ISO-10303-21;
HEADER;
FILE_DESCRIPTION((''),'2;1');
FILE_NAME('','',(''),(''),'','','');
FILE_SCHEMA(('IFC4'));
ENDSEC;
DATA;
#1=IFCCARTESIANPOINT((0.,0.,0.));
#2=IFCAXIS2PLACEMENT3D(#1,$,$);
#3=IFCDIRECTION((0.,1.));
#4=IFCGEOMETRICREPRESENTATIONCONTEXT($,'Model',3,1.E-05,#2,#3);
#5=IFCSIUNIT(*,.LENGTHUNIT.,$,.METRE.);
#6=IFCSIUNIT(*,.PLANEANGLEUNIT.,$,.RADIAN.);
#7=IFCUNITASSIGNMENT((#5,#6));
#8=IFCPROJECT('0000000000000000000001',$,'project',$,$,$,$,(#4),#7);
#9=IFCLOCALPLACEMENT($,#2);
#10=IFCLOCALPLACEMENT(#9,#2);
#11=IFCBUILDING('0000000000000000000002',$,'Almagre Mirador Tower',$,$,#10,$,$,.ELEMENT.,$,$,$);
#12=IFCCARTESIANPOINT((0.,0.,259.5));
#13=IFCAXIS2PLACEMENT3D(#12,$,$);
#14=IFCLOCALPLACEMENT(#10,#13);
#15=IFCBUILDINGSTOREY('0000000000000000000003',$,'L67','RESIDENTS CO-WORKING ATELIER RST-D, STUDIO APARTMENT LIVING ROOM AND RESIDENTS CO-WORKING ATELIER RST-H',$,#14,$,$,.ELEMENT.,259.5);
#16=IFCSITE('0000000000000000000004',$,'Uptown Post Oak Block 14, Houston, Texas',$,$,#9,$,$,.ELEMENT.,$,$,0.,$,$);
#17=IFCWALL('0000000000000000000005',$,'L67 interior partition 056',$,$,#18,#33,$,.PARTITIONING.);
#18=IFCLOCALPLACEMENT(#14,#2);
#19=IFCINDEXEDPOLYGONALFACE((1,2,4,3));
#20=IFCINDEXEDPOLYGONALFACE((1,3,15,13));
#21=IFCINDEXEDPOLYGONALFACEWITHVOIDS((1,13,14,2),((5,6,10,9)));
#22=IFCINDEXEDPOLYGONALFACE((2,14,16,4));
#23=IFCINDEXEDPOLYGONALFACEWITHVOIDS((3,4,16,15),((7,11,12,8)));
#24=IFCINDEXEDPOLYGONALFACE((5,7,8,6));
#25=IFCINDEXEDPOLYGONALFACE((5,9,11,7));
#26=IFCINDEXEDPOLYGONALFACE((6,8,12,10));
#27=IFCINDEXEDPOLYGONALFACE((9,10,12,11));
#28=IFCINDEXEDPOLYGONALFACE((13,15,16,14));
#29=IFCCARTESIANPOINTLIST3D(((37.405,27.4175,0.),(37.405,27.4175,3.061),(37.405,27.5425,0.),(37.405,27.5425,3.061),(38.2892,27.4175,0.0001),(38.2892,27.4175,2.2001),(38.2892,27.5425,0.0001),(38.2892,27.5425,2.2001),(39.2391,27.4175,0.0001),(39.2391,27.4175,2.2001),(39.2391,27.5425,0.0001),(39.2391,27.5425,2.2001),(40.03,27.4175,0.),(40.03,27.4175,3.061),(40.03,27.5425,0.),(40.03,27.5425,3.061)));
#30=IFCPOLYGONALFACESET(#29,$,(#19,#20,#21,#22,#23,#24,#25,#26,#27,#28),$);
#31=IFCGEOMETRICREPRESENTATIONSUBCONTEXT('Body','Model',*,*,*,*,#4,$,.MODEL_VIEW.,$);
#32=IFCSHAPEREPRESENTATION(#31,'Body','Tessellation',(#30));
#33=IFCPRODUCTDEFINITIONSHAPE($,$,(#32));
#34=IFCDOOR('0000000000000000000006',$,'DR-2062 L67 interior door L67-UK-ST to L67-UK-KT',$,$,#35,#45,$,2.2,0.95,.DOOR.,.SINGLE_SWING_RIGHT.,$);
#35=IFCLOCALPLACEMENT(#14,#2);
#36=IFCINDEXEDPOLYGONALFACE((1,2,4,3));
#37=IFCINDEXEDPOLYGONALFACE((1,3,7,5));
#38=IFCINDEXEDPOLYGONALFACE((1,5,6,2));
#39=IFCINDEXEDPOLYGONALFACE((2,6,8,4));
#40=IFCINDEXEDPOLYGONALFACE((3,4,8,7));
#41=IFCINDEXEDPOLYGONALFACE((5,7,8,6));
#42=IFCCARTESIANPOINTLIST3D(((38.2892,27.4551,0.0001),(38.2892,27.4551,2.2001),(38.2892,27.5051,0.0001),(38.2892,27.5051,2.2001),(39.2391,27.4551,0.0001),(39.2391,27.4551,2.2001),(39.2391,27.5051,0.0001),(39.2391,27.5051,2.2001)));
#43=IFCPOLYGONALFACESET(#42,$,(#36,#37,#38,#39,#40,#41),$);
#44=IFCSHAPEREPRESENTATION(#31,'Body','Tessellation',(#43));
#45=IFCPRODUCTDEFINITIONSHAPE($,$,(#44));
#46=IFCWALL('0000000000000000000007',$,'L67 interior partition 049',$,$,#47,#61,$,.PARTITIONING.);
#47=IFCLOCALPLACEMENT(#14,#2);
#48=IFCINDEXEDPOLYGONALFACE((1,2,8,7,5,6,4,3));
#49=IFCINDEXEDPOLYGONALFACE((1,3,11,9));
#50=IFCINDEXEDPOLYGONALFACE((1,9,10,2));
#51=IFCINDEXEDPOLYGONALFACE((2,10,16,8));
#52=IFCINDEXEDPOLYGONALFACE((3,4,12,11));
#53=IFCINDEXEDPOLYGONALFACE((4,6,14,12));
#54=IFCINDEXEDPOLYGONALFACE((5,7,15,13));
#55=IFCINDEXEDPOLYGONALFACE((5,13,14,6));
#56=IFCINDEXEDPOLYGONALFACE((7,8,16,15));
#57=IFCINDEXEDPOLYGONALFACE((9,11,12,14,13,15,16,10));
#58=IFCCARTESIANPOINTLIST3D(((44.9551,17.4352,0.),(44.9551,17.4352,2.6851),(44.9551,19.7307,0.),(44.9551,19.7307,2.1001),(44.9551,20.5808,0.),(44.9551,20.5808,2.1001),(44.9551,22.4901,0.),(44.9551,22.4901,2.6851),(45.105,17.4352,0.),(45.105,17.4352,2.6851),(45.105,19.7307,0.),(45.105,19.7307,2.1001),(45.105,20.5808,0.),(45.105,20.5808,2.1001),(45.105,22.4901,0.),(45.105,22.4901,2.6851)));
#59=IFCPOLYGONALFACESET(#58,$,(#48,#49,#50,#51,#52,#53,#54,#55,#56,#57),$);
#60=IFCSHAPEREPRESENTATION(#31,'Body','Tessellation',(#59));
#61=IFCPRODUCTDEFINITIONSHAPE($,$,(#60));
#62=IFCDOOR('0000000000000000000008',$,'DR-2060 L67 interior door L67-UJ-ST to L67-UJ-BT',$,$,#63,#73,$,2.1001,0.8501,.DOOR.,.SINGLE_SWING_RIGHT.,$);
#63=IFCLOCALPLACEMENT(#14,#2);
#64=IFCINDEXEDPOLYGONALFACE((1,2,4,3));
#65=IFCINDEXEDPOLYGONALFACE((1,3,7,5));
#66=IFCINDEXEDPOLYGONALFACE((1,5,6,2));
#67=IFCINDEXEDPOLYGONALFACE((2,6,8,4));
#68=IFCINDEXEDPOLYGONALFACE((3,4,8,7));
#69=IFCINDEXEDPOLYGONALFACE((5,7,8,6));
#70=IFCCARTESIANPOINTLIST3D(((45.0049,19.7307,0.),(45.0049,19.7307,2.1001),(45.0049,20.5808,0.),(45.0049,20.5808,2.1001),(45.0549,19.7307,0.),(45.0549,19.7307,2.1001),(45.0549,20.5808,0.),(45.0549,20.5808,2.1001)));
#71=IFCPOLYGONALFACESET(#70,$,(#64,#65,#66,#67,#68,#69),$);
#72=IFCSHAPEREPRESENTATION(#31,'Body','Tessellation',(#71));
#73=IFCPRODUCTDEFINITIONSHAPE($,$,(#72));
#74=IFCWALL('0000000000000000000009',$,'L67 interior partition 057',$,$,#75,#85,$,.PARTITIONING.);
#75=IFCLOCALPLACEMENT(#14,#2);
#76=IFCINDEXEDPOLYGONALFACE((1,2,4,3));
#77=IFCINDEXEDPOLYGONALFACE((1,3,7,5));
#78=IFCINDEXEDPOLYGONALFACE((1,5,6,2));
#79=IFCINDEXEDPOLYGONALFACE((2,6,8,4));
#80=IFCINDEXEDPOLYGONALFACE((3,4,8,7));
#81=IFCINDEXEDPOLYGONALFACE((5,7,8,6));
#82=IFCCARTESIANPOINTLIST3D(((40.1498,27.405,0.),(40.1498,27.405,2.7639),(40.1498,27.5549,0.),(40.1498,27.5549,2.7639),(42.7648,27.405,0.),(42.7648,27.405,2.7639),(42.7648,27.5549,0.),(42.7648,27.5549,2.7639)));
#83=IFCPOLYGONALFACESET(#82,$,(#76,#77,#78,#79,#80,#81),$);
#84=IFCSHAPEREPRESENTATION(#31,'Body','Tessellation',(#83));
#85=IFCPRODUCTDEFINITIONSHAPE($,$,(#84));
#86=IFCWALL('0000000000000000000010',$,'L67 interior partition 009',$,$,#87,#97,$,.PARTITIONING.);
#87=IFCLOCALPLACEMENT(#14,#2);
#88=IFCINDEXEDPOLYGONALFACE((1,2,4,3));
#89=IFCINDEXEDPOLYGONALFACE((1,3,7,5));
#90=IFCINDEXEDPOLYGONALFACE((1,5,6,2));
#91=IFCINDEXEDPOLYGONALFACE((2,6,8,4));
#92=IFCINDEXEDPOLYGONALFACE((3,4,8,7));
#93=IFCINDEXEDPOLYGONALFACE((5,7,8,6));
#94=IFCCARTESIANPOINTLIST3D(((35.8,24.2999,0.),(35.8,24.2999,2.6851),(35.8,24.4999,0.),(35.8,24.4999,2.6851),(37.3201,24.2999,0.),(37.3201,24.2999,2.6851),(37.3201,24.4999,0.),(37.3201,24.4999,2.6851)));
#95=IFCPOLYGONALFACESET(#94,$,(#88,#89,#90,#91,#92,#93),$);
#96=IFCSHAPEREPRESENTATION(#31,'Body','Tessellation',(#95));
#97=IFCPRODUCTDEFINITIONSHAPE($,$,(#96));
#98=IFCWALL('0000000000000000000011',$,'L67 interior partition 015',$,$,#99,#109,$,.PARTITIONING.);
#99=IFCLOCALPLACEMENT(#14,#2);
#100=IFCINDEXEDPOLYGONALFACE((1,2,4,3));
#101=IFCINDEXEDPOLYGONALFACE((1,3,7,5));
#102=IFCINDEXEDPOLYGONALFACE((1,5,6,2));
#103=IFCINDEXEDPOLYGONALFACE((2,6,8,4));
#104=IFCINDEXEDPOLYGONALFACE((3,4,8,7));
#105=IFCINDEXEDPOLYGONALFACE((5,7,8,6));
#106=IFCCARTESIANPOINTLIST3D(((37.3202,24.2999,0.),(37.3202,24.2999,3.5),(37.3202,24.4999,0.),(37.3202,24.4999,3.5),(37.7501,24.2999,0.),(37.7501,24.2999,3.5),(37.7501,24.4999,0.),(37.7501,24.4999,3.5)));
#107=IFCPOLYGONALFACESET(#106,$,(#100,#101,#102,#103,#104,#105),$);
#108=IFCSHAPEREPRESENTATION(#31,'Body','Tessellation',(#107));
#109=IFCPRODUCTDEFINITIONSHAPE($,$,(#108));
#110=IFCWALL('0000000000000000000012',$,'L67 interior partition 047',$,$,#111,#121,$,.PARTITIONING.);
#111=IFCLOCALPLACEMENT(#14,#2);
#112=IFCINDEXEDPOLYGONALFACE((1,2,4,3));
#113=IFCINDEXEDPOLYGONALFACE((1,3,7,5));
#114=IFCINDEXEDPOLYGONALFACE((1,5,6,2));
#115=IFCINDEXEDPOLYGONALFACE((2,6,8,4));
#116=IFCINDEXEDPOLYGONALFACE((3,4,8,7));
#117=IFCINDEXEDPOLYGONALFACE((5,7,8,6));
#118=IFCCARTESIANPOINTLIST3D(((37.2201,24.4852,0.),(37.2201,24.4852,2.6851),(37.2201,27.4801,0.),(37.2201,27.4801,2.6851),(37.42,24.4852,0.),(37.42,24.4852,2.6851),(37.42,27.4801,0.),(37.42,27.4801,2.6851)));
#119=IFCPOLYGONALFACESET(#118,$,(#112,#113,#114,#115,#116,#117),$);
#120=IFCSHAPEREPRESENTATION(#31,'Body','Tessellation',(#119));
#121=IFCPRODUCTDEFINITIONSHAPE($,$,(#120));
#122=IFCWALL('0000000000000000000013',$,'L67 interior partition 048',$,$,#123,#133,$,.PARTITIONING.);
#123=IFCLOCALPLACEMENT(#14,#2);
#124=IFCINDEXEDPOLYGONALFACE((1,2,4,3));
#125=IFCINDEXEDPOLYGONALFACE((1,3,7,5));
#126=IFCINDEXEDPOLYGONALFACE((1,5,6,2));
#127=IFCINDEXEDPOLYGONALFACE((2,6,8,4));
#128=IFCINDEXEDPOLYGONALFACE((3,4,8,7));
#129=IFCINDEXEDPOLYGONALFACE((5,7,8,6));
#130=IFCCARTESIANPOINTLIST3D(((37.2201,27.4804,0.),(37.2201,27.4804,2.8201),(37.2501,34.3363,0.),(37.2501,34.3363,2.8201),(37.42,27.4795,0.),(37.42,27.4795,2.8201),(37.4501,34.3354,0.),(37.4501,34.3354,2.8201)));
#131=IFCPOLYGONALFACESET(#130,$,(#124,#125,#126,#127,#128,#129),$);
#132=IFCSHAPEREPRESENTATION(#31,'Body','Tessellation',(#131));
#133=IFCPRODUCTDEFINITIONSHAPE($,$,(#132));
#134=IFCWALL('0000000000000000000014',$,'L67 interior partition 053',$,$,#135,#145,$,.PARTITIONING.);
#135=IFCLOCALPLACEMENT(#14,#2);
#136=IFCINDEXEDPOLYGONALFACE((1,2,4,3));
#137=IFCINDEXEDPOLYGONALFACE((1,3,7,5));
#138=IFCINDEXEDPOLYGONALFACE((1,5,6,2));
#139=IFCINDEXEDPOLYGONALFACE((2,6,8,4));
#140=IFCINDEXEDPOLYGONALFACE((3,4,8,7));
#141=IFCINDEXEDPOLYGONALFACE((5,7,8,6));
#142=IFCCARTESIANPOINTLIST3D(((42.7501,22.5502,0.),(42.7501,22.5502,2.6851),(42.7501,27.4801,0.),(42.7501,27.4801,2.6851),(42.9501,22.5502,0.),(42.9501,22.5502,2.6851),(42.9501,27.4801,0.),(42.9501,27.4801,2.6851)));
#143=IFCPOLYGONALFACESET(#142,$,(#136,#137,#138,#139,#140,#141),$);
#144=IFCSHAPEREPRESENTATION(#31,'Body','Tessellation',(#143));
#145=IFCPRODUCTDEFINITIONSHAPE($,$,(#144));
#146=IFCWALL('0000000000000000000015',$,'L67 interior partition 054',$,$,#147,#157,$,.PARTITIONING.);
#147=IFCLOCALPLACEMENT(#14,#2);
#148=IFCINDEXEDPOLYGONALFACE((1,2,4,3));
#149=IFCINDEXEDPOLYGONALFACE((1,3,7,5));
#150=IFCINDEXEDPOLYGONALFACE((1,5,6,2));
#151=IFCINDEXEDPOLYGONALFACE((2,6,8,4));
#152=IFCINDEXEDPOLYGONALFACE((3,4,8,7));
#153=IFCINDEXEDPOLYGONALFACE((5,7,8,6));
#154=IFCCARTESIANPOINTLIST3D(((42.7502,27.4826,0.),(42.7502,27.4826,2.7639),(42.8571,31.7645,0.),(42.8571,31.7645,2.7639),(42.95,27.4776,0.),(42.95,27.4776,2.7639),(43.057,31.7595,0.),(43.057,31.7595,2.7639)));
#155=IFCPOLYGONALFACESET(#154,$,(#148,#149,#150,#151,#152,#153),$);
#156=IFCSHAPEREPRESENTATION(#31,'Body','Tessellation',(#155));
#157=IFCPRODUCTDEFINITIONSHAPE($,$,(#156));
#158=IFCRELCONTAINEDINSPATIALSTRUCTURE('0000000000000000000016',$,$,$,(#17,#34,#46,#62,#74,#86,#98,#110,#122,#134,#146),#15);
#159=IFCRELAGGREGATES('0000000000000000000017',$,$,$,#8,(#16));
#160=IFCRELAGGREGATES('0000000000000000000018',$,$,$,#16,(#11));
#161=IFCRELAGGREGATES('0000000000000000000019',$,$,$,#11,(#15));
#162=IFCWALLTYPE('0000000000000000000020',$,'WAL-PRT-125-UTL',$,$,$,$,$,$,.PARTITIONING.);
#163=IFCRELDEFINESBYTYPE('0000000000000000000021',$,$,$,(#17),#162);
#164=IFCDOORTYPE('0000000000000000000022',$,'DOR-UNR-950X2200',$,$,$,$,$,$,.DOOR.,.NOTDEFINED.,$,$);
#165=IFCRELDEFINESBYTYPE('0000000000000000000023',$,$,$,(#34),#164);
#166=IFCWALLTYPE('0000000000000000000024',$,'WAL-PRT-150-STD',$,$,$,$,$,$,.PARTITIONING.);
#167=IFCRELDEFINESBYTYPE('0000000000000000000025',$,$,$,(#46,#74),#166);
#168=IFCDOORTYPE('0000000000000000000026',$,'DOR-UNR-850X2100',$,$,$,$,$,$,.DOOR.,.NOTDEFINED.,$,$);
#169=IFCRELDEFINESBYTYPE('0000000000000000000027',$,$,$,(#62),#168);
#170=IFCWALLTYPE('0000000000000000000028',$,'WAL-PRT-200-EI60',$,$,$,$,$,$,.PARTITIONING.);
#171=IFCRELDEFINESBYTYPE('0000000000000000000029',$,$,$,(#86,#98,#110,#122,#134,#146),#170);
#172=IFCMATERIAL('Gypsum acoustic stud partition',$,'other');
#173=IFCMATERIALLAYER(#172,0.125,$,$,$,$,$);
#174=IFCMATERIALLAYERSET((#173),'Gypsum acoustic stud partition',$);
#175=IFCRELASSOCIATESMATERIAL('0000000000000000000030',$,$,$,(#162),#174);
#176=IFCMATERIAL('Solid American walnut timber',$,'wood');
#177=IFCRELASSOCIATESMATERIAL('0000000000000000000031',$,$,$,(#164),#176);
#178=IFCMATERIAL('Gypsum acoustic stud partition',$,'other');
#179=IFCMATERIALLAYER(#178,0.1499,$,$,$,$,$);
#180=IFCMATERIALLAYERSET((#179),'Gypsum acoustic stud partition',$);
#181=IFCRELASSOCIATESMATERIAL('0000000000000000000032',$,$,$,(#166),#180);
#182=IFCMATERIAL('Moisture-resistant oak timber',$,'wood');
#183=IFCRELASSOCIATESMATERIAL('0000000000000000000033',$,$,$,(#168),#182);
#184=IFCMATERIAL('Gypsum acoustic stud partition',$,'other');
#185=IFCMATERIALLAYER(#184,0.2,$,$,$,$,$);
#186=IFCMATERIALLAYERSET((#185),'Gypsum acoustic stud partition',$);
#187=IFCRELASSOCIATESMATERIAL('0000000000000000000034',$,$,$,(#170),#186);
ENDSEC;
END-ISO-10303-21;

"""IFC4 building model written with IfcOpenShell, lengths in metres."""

from ifc_helpers import new_model, si_unit, direction, frame, frame_2d, origin, place, context, subcontext, project, spatial, rectangle, extrude, material, layer, layer_set, type_object, element, fill, save


model = new_model("IFC4")

# Units and contexts
model_context = context("Model", 3, precision=1e-05, world=origin(), true_north=direction((0.0, 1.0)))
body_context = subcontext(model_context, "Body", "Model", "MODEL_VIEW")
ifc_project = project(units=[si_unit("LENGTHUNIT", "METRE"), si_unit("PLANEANGLEUNIT", "RADIAN")], contexts=[model_context])

# Site, building, storey
site_placement = place(None, origin())
site = spatial("IfcSite", under=ifc_project, at=site_placement, Name="Uptown Post Oak Block 14, Houston, Texas", CompositionType="ELEMENT", RefElevation=0.0)
building_placement = place(site_placement, origin())
building = spatial("IfcBuilding", under=site, at=building_placement, Name="Almagre Mirador Tower", CompositionType="ELEMENT")
storey_placement = place(building_placement, frame((0.0, 0.0, 259.5)))
storey = spatial("IfcBuildingStorey", under=building, at=storey_placement, Name="L67", Description="RESIDENTS CO-WORKING ATELIER RST-D, STUDIO APARTMENT LIVING ROOM AND RESIDENTS CO-WORKING ATELIER RST-H", CompositionType="ELEMENT", Elevation=259.5)

# Walls, openings, doors
ifc_material_1 = material(Name="Gypsum acoustic stud partition", Category="other")
ifc_layer_1 = layer(ifc_material_1, 0.125)
ifc_layer_set_1 = layer_set([ifc_layer_1], Name="Gypsum acoustic stud partition")
wall_type_1 = type_object("IfcWallType", Name="WAL-PRT-125-UTL", PredefinedType="PARTITIONING", material=ifc_layer_set_1)
ifc_material_2 = material(Name="Solid American walnut timber", Category="wood")
door_type_1 = type_object("IfcDoorType", Name="DOR-UNR-950X2200", OperationType="NOTDEFINED", PredefinedType="DOOR", material=ifc_material_2)
wall_1_placement = place(storey_placement, frame((40.03, 27.48, 0.0), z_axis=(0.0, 0.0, 1.0), x_axis=(-1.0, 0.0, 0.0)))
wall_1 = element("IfcWall", 1, at=wall_1_placement, inside=storey, type_object=wall_type_1, Name="L67 interior partition 056", PredefinedType="PARTITIONING", context=body_context, shape_type="SweptSolid", body=[
    extrude(rectangle(XDim=2.625, YDim=0.125, at=frame_2d((1.3125, 0.0))), origin(), (0.0, 0.0, 1.0), 3.061),
])
opening_1_placement = place(wall_1_placement, frame((0.7908, 0.0, 0.0)))
opening_1 = element("IfcOpeningElement", 2, at=opening_1_placement, cuts=wall_1, PredefinedType="OPENING", context=body_context, shape_type="SweptSolid", body=[
    extrude(rectangle(XDim=0.95, YDim=2.2, at=frame_2d((0.4751, 1.1001))), frame((0.0, 0.0725, 0.0), z_axis=(0.0, -1.0, 0.0), x_axis=(1.0, 0.0, 0.0)), (0.0, 0.0, 1.0), 0.145),
])
door_1_placement = place(opening_1_placement, origin())
door_1 = element("IfcDoor", 3, at=door_1_placement, inside=storey, type_object=door_type_1, Name="DR-2062 L67 interior door L67-UK-ST to L67-UK-KT", OperationType="SINGLE_SWING_RIGHT", OverallHeight=2.2, OverallWidth=0.95, PredefinedType="DOOR", context=body_context, shape_type="SweptSolid", body=[
    extrude(rectangle(XDim=0.95, YDim=2.2, at=frame_2d((0.4751, 1.1001))), frame((0.0, 0.0249, 0.0), z_axis=(0.0, -1.0, 0.0), x_axis=(1.0, 0.0, 0.0)), (0.0, 0.0, 1.0), 0.05),
])
fill(opening_1, door_1)
ifc_material_3 = material(Name="Gypsum acoustic stud partition", Category="other")
ifc_layer_2 = layer(ifc_material_3, 0.1499)
ifc_layer_set_2 = layer_set([ifc_layer_2], Name="Gypsum acoustic stud partition")
wall_type_2 = type_object("IfcWallType", Name="WAL-PRT-150-STD", PredefinedType="PARTITIONING", material=ifc_layer_set_2)
wall_2_placement = place(storey_placement, frame((45.03, 22.49, 0.0), z_axis=(0.0, 0.0, 1.0), x_axis=(0.0, -1.0, 0.0)))
wall_2 = element("IfcWall", 4, at=wall_2_placement, inside=storey, type_object=wall_type_2, Name="L67 interior partition 049", PredefinedType="PARTITIONING", context=body_context, shape_type="SweptSolid", body=[
    extrude(rectangle(XDim=5.0549, YDim=0.1499, at=frame_2d((2.5273, 0.0))), origin(), (0.0, 0.0, 1.0), 2.6851),
])
opening_2_placement = place(wall_2_placement, frame((1.9092, 0.0, 0.0)))
opening_2 = element("IfcOpeningElement", 5, at=opening_2_placement, cuts=wall_2, PredefinedType="OPENING", context=body_context, shape_type="SweptSolid", body=[
    extrude(rectangle(XDim=0.8501, YDim=2.1001, at=frame_2d((0.425, 1.05))), frame((0.0, 0.085, 0.0), z_axis=(0.0, -1.0, 0.0), x_axis=(1.0, 0.0, 0.0)), (0.0, 0.0, 1.0), 0.1699),
])
ifc_material_4 = material(Name="Moisture-resistant oak timber", Category="wood")
door_type_2 = type_object("IfcDoorType", Name="DOR-UNR-850X2100", OperationType="NOTDEFINED", PredefinedType="DOOR", material=ifc_material_4)
door_2_placement = place(opening_2_placement, origin())
door_2 = element("IfcDoor", 6, at=door_2_placement, inside=storey, type_object=door_type_2, Name="DR-2060 L67 interior door L67-UJ-ST to L67-UJ-BT", OperationType="SINGLE_SWING_RIGHT", OverallHeight=2.1001, OverallWidth=0.8501, PredefinedType="DOOR", context=body_context, shape_type="SweptSolid", body=[
    extrude(rectangle(XDim=0.8501, YDim=2.1001, at=frame_2d((0.425, 1.05))), frame((0.0, 0.0249, 0.0), z_axis=(0.0, -1.0, 0.0), x_axis=(1.0, 0.0, 0.0)), (0.0, 0.0, 1.0), 0.05),
])
fill(opening_2, door_2)

# Walls
wall_3_placement = place(storey_placement, frame((42.7649, 27.48, 0.0), z_axis=(0.0, 0.0, 1.0), x_axis=(-1.0, 0.0, 0.0)))
element("IfcWall", 7, at=wall_3_placement, inside=storey, type_object=wall_type_2, Name="L67 interior partition 057", PredefinedType="PARTITIONING", context=body_context, shape_type="SweptSolid", body=[
    extrude(rectangle(XDim=2.615, YDim=0.1499, at=frame_2d((1.3076, 0.0))), origin(), (0.0, 0.0, 1.0), 2.7639),
])
ifc_material_5 = material(Name="Gypsum acoustic stud partition", Category="other")
ifc_layer_3 = layer(ifc_material_5, 0.2)
ifc_layer_set_3 = layer_set([ifc_layer_3], Name="Gypsum acoustic stud partition")
wall_type_3 = type_object("IfcWallType", Name="WAL-PRT-200-EI60", PredefinedType="PARTITIONING", material=ifc_layer_set_3)
wall_4_placement = place(storey_placement, frame((37.3201, 24.3999, 0.0), z_axis=(0.0, 0.0, 1.0), x_axis=(-1.0, 0.0, 0.0)))
element("IfcWall", 8, at=wall_4_placement, inside=storey, type_object=wall_type_3, Name="L67 interior partition 009", PredefinedType="PARTITIONING", context=body_context, shape_type="SweptSolid", body=[
    extrude(rectangle(XDim=1.52, YDim=0.2, at=frame_2d((0.76, 0.0))), origin(), (0.0, 0.0, 1.0), 2.6851),
])
wall_5_placement = place(storey_placement, frame((37.75, 24.3999, 0.0), z_axis=(0.0, 0.0, 1.0), x_axis=(-1.0, 0.0, 0.0)))
element("IfcWall", 9, at=wall_5_placement, inside=storey, type_object=wall_type_3, Name="L67 interior partition 015", PredefinedType="PARTITIONING", context=body_context, shape_type="SweptSolid", body=[
    extrude(rectangle(XDim=0.4299, YDim=0.2, at=frame_2d((0.2148, 0.0))), origin(), (0.0, 0.0, 1.0), 3.5),
])
wall_6_placement = place(storey_placement, frame((37.3201, 24.4851, 0.0), z_axis=(0.0, 0.0, 1.0), x_axis=(0.0, 1.0, 0.0)))
element("IfcWall", 10, at=wall_6_placement, inside=storey, type_object=wall_type_3, Name="L67 interior partition 047", PredefinedType="PARTITIONING", context=body_context, shape_type="SweptSolid", body=[
    extrude(rectangle(XDim=2.9949, YDim=0.2, at=frame_2d((1.4976, 0.0))), origin(), (0.0, 0.0, 1.0), 2.6851),
])
wall_7_placement = place(storey_placement, frame((37.3201, 27.48, 0.0), z_axis=(0.0, 0.0, 1.0), x_axis=(0.00438, 0.99999, 0.0)))
element("IfcWall", 11, at=wall_7_placement, inside=storey, type_object=wall_type_3, Name="L67 interior partition 048", PredefinedType="PARTITIONING", context=body_context, shape_type="SweptSolid", body=[
    extrude(rectangle(XDim=6.856, YDim=0.2, at=frame_2d((3.428, 0.0))), origin(), (0.0, 0.0, 1.0), 2.8201),
])
wall_8_placement = place(storey_placement, frame((42.8501, 27.48, 0.0), z_axis=(0.0, 0.0, 1.0), x_axis=(0.0, -1.0, 0.0)))
element("IfcWall", 12, at=wall_8_placement, inside=storey, type_object=wall_type_3, Name="L67 interior partition 053", PredefinedType="PARTITIONING", context=body_context, shape_type="SweptSolid", body=[
    extrude(rectangle(XDim=4.9299, YDim=0.2, at=frame_2d((2.4648, 0.0))), origin(), (0.0, 0.0, 1.0), 2.6851),
])
wall_9_placement = place(storey_placement, frame((42.957, 31.762, 0.0), z_axis=(0.0, 0.0, 1.0), x_axis=(-0.024965, -0.999688, 0.0)))
element("IfcWall", 13, at=wall_9_placement, inside=storey, type_object=wall_type_3, Name="L67 interior partition 054", PredefinedType="PARTITIONING", context=body_context, shape_type="SweptSolid", body=[
    extrude(rectangle(XDim=4.2832, YDim=0.2, at=frame_2d((2.1416, 0.0))), origin(), (0.0, 0.0, 1.0), 2.7639),
])

save(model, "model.ifc")
